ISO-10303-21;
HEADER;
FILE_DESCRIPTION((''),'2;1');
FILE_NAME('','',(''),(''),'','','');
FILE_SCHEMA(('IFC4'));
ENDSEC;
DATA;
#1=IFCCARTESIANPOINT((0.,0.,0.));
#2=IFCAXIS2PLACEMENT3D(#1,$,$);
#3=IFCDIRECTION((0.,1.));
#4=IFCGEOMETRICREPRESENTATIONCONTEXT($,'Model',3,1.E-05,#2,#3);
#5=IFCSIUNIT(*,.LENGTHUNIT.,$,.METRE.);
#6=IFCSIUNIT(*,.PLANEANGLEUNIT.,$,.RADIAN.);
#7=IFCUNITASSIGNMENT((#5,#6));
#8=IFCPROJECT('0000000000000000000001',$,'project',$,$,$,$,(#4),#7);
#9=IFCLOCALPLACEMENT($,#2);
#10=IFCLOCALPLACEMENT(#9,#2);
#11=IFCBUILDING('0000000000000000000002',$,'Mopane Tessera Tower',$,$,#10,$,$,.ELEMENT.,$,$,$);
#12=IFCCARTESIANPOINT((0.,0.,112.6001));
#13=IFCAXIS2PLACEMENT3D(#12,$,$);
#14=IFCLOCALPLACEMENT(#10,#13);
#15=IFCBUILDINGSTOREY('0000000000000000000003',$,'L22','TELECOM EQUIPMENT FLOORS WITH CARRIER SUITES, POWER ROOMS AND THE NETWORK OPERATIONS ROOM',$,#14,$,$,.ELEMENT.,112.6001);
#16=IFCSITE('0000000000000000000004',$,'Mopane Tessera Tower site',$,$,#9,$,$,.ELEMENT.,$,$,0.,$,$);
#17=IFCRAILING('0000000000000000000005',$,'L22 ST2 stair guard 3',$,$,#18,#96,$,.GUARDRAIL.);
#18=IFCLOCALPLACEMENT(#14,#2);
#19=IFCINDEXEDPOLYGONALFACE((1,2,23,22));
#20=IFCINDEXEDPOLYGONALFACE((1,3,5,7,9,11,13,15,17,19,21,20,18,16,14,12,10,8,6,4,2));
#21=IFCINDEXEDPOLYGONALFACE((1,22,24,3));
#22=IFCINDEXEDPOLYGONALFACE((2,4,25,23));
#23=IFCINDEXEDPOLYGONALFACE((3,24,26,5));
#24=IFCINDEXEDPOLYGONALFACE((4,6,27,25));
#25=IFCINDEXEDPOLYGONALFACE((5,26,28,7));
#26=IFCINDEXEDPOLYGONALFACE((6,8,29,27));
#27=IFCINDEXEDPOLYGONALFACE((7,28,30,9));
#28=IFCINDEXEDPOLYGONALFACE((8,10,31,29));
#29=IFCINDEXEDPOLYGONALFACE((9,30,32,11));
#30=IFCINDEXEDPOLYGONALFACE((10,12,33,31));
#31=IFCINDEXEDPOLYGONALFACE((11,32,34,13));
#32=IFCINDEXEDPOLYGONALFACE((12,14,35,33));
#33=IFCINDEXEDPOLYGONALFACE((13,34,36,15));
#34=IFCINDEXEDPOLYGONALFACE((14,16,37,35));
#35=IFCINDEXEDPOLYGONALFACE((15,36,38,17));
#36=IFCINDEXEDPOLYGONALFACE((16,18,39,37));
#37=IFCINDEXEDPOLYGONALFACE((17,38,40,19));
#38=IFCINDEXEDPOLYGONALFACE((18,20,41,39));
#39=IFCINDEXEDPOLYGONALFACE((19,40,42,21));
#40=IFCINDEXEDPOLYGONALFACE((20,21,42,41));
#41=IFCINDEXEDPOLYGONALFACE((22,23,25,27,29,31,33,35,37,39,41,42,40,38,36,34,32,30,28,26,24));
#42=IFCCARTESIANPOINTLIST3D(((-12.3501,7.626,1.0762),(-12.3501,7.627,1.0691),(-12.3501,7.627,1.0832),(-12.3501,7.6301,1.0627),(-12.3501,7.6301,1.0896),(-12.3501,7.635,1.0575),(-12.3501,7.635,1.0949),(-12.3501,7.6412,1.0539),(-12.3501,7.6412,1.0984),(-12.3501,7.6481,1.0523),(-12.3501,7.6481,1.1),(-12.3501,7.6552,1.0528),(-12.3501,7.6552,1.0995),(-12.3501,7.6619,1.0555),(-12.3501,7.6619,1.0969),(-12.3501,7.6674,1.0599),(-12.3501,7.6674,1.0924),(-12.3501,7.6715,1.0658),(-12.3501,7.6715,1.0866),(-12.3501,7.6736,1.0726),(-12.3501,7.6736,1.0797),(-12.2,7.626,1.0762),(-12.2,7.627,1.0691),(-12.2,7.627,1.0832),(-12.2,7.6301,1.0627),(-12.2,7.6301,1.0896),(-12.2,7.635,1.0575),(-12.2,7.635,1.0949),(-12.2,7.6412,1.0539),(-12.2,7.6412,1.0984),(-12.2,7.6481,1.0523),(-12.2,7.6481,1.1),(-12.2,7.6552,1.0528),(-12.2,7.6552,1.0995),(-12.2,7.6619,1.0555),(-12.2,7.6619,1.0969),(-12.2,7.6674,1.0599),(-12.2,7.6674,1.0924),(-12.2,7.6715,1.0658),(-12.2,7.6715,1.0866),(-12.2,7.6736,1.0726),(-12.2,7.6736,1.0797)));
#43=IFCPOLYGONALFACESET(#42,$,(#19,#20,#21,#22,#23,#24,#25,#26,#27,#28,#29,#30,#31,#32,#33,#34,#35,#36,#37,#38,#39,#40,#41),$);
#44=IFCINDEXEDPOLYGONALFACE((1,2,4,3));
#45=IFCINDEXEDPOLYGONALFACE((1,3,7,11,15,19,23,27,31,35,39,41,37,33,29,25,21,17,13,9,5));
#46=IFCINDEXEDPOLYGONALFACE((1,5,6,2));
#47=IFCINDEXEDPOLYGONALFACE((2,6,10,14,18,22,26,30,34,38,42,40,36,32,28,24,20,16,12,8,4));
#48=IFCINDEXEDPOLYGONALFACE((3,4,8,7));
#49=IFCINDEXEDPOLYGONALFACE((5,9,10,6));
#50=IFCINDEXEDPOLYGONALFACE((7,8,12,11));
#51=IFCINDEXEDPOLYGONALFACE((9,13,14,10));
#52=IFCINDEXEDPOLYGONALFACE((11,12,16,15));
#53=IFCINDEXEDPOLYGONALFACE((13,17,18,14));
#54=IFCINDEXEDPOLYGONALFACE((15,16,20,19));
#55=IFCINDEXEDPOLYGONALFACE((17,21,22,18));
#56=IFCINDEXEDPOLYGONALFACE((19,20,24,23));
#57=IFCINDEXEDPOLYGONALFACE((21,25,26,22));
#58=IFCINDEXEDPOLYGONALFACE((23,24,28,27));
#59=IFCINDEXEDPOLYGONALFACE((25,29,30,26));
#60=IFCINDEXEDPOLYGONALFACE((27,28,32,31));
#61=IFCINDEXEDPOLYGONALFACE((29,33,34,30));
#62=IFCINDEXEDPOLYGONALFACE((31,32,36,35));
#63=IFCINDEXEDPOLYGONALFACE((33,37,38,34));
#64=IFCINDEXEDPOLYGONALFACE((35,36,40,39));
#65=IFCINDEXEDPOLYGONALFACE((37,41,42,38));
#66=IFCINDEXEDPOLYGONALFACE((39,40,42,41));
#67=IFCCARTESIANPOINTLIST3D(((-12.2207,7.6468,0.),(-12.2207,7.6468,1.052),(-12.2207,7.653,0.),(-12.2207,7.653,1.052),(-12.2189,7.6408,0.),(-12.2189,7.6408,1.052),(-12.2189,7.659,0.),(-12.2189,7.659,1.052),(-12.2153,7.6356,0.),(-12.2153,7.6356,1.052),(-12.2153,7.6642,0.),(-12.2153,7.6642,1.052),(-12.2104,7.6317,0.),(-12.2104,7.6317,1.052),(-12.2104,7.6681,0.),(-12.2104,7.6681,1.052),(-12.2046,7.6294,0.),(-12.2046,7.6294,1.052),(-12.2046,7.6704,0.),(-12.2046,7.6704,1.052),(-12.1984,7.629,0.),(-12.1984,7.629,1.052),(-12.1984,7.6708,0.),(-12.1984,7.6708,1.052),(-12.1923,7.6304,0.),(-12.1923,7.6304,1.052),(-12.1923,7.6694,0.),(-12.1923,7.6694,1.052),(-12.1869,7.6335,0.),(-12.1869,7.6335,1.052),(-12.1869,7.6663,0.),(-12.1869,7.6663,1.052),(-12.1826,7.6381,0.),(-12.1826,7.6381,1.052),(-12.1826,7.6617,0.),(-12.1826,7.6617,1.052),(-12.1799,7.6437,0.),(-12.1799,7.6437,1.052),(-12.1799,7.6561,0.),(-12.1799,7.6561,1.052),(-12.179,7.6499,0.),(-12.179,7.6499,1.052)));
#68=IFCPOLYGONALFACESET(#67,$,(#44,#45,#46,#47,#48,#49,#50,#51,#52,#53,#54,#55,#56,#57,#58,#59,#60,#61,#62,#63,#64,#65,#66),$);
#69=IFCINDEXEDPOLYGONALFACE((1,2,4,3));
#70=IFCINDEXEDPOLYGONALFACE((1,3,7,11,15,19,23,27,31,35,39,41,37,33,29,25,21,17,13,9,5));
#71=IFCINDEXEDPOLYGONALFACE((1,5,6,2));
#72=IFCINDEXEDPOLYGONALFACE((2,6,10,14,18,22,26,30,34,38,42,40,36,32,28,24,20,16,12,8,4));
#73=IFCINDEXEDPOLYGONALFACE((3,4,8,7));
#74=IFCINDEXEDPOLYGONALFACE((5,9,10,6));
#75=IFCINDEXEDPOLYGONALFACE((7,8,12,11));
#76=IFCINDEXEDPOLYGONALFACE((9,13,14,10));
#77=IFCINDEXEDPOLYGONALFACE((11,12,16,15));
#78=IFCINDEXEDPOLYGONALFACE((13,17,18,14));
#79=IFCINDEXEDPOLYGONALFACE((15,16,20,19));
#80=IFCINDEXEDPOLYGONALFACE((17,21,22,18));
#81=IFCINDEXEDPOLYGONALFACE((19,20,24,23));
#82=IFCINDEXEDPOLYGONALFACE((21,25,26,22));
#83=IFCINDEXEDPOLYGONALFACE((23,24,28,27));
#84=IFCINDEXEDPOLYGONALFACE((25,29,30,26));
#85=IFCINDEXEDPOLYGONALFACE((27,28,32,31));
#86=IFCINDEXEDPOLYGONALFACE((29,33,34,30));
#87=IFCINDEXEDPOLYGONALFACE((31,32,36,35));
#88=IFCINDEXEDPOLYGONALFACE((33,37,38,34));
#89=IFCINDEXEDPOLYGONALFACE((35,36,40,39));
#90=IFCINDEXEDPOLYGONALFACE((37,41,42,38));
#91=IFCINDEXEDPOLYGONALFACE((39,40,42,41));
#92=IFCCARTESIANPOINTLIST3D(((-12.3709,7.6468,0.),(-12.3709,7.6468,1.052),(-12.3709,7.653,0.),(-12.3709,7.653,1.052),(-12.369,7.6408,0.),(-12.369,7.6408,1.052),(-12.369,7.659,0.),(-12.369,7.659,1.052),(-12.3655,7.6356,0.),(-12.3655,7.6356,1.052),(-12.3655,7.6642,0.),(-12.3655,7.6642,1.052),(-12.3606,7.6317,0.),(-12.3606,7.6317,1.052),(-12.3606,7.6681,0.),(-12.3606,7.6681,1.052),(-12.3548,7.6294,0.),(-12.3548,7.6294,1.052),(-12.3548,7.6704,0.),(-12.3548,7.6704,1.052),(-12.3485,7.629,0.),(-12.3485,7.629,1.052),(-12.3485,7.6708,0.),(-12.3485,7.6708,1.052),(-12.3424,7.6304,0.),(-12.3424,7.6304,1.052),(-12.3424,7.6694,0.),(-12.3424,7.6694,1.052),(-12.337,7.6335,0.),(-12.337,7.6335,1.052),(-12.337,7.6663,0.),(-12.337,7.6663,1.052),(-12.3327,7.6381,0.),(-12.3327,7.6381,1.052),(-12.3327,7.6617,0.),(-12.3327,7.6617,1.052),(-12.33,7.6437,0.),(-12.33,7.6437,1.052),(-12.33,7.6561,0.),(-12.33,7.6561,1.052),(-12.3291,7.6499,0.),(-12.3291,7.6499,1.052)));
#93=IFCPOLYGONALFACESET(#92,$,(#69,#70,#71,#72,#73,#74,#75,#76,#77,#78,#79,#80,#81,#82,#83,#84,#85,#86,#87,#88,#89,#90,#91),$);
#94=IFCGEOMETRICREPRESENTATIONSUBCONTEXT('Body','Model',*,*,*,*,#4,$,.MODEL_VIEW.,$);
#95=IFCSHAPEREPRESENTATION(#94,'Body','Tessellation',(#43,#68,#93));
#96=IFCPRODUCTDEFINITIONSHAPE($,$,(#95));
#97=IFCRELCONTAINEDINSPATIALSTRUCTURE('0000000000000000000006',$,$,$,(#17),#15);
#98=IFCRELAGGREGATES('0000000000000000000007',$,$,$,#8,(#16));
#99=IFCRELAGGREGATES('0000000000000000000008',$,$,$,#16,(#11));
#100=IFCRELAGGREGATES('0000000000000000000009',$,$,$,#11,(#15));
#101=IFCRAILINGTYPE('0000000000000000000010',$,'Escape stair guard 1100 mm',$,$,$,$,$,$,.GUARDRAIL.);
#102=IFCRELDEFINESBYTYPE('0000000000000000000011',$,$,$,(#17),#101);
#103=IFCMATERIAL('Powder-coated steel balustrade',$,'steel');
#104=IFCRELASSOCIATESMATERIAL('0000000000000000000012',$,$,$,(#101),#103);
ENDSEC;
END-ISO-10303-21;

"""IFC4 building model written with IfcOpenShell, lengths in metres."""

from ifc_helpers import new_model, si_unit, direction, frame, origin, origin_2d, place, context, subcontext, project, spatial, circle, extrude, material, type_object, element, save


model = new_model("IFC4")

# Units and contexts
model_context = context("Model", 3, precision=1e-05, world=origin(), true_north=direction((0.0, 1.0)))
body_context = subcontext(model_context, "Body", "Model", "MODEL_VIEW")
ifc_project = project(units=[si_unit("LENGTHUNIT", "METRE"), si_unit("PLANEANGLEUNIT", "RADIAN")], contexts=[model_context])

# Site, building, storey
site_placement = place(None, origin())
site = spatial("IfcSite", under=ifc_project, at=site_placement, Name="Mopane Tessera Tower site", CompositionType="ELEMENT", RefElevation=0.0)
building_placement = place(site_placement, origin())
building = spatial("IfcBuilding", under=site, at=building_placement, Name="Mopane Tessera Tower", CompositionType="ELEMENT")
storey_placement = place(building_placement, frame((0.0, 0.0, 112.6001)))
storey = spatial("IfcBuildingStorey", under=building, at=storey_placement, Name="L22", Description="TELECOM EQUIPMENT FLOORS WITH CARRIER SUITES, POWER ROOMS AND THE NETWORK OPERATIONS ROOM", CompositionType="ELEMENT", Elevation=112.6001)

# Railing
ifc_material_1 = material(Name="Powder-coated steel balustrade", Category="steel")
railing_type_1 = type_object("IfcRailingType", Name="Escape stair guard 1100 mm", PredefinedType="GUARDRAIL", material=ifc_material_1)
railing_1_placement = place(storey_placement, frame((-12.2, 7.6499, 0.0)))
element("IfcRailing", 1, at=railing_1_placement, inside=storey, type_object=railing_type_1, Name="L22 ST2 stair guard 3", PredefinedType="GUARDRAIL", context=body_context, shape_type="SweptSolid", body=[
    extrude(circle(Radius=0.0239, at=origin_2d()), frame((0.0, 0.0, 1.0762), z_axis=(-1.0, 0.0, 0.0), x_axis=(0.0, -1.0, 0.0)), (0.0, 0.0, 1.0), 0.1501),
    extrude(circle(Radius=0.021, at=origin_2d()), origin(), (0.0, 0.0, 1.0), 1.052),
    extrude(circle(Radius=0.021, at=origin_2d()), frame((-0.1501, 0.0, 0.0)), (0.0, 0.0, 1.0), 1.052),
])

save(model, "model.ifc")
